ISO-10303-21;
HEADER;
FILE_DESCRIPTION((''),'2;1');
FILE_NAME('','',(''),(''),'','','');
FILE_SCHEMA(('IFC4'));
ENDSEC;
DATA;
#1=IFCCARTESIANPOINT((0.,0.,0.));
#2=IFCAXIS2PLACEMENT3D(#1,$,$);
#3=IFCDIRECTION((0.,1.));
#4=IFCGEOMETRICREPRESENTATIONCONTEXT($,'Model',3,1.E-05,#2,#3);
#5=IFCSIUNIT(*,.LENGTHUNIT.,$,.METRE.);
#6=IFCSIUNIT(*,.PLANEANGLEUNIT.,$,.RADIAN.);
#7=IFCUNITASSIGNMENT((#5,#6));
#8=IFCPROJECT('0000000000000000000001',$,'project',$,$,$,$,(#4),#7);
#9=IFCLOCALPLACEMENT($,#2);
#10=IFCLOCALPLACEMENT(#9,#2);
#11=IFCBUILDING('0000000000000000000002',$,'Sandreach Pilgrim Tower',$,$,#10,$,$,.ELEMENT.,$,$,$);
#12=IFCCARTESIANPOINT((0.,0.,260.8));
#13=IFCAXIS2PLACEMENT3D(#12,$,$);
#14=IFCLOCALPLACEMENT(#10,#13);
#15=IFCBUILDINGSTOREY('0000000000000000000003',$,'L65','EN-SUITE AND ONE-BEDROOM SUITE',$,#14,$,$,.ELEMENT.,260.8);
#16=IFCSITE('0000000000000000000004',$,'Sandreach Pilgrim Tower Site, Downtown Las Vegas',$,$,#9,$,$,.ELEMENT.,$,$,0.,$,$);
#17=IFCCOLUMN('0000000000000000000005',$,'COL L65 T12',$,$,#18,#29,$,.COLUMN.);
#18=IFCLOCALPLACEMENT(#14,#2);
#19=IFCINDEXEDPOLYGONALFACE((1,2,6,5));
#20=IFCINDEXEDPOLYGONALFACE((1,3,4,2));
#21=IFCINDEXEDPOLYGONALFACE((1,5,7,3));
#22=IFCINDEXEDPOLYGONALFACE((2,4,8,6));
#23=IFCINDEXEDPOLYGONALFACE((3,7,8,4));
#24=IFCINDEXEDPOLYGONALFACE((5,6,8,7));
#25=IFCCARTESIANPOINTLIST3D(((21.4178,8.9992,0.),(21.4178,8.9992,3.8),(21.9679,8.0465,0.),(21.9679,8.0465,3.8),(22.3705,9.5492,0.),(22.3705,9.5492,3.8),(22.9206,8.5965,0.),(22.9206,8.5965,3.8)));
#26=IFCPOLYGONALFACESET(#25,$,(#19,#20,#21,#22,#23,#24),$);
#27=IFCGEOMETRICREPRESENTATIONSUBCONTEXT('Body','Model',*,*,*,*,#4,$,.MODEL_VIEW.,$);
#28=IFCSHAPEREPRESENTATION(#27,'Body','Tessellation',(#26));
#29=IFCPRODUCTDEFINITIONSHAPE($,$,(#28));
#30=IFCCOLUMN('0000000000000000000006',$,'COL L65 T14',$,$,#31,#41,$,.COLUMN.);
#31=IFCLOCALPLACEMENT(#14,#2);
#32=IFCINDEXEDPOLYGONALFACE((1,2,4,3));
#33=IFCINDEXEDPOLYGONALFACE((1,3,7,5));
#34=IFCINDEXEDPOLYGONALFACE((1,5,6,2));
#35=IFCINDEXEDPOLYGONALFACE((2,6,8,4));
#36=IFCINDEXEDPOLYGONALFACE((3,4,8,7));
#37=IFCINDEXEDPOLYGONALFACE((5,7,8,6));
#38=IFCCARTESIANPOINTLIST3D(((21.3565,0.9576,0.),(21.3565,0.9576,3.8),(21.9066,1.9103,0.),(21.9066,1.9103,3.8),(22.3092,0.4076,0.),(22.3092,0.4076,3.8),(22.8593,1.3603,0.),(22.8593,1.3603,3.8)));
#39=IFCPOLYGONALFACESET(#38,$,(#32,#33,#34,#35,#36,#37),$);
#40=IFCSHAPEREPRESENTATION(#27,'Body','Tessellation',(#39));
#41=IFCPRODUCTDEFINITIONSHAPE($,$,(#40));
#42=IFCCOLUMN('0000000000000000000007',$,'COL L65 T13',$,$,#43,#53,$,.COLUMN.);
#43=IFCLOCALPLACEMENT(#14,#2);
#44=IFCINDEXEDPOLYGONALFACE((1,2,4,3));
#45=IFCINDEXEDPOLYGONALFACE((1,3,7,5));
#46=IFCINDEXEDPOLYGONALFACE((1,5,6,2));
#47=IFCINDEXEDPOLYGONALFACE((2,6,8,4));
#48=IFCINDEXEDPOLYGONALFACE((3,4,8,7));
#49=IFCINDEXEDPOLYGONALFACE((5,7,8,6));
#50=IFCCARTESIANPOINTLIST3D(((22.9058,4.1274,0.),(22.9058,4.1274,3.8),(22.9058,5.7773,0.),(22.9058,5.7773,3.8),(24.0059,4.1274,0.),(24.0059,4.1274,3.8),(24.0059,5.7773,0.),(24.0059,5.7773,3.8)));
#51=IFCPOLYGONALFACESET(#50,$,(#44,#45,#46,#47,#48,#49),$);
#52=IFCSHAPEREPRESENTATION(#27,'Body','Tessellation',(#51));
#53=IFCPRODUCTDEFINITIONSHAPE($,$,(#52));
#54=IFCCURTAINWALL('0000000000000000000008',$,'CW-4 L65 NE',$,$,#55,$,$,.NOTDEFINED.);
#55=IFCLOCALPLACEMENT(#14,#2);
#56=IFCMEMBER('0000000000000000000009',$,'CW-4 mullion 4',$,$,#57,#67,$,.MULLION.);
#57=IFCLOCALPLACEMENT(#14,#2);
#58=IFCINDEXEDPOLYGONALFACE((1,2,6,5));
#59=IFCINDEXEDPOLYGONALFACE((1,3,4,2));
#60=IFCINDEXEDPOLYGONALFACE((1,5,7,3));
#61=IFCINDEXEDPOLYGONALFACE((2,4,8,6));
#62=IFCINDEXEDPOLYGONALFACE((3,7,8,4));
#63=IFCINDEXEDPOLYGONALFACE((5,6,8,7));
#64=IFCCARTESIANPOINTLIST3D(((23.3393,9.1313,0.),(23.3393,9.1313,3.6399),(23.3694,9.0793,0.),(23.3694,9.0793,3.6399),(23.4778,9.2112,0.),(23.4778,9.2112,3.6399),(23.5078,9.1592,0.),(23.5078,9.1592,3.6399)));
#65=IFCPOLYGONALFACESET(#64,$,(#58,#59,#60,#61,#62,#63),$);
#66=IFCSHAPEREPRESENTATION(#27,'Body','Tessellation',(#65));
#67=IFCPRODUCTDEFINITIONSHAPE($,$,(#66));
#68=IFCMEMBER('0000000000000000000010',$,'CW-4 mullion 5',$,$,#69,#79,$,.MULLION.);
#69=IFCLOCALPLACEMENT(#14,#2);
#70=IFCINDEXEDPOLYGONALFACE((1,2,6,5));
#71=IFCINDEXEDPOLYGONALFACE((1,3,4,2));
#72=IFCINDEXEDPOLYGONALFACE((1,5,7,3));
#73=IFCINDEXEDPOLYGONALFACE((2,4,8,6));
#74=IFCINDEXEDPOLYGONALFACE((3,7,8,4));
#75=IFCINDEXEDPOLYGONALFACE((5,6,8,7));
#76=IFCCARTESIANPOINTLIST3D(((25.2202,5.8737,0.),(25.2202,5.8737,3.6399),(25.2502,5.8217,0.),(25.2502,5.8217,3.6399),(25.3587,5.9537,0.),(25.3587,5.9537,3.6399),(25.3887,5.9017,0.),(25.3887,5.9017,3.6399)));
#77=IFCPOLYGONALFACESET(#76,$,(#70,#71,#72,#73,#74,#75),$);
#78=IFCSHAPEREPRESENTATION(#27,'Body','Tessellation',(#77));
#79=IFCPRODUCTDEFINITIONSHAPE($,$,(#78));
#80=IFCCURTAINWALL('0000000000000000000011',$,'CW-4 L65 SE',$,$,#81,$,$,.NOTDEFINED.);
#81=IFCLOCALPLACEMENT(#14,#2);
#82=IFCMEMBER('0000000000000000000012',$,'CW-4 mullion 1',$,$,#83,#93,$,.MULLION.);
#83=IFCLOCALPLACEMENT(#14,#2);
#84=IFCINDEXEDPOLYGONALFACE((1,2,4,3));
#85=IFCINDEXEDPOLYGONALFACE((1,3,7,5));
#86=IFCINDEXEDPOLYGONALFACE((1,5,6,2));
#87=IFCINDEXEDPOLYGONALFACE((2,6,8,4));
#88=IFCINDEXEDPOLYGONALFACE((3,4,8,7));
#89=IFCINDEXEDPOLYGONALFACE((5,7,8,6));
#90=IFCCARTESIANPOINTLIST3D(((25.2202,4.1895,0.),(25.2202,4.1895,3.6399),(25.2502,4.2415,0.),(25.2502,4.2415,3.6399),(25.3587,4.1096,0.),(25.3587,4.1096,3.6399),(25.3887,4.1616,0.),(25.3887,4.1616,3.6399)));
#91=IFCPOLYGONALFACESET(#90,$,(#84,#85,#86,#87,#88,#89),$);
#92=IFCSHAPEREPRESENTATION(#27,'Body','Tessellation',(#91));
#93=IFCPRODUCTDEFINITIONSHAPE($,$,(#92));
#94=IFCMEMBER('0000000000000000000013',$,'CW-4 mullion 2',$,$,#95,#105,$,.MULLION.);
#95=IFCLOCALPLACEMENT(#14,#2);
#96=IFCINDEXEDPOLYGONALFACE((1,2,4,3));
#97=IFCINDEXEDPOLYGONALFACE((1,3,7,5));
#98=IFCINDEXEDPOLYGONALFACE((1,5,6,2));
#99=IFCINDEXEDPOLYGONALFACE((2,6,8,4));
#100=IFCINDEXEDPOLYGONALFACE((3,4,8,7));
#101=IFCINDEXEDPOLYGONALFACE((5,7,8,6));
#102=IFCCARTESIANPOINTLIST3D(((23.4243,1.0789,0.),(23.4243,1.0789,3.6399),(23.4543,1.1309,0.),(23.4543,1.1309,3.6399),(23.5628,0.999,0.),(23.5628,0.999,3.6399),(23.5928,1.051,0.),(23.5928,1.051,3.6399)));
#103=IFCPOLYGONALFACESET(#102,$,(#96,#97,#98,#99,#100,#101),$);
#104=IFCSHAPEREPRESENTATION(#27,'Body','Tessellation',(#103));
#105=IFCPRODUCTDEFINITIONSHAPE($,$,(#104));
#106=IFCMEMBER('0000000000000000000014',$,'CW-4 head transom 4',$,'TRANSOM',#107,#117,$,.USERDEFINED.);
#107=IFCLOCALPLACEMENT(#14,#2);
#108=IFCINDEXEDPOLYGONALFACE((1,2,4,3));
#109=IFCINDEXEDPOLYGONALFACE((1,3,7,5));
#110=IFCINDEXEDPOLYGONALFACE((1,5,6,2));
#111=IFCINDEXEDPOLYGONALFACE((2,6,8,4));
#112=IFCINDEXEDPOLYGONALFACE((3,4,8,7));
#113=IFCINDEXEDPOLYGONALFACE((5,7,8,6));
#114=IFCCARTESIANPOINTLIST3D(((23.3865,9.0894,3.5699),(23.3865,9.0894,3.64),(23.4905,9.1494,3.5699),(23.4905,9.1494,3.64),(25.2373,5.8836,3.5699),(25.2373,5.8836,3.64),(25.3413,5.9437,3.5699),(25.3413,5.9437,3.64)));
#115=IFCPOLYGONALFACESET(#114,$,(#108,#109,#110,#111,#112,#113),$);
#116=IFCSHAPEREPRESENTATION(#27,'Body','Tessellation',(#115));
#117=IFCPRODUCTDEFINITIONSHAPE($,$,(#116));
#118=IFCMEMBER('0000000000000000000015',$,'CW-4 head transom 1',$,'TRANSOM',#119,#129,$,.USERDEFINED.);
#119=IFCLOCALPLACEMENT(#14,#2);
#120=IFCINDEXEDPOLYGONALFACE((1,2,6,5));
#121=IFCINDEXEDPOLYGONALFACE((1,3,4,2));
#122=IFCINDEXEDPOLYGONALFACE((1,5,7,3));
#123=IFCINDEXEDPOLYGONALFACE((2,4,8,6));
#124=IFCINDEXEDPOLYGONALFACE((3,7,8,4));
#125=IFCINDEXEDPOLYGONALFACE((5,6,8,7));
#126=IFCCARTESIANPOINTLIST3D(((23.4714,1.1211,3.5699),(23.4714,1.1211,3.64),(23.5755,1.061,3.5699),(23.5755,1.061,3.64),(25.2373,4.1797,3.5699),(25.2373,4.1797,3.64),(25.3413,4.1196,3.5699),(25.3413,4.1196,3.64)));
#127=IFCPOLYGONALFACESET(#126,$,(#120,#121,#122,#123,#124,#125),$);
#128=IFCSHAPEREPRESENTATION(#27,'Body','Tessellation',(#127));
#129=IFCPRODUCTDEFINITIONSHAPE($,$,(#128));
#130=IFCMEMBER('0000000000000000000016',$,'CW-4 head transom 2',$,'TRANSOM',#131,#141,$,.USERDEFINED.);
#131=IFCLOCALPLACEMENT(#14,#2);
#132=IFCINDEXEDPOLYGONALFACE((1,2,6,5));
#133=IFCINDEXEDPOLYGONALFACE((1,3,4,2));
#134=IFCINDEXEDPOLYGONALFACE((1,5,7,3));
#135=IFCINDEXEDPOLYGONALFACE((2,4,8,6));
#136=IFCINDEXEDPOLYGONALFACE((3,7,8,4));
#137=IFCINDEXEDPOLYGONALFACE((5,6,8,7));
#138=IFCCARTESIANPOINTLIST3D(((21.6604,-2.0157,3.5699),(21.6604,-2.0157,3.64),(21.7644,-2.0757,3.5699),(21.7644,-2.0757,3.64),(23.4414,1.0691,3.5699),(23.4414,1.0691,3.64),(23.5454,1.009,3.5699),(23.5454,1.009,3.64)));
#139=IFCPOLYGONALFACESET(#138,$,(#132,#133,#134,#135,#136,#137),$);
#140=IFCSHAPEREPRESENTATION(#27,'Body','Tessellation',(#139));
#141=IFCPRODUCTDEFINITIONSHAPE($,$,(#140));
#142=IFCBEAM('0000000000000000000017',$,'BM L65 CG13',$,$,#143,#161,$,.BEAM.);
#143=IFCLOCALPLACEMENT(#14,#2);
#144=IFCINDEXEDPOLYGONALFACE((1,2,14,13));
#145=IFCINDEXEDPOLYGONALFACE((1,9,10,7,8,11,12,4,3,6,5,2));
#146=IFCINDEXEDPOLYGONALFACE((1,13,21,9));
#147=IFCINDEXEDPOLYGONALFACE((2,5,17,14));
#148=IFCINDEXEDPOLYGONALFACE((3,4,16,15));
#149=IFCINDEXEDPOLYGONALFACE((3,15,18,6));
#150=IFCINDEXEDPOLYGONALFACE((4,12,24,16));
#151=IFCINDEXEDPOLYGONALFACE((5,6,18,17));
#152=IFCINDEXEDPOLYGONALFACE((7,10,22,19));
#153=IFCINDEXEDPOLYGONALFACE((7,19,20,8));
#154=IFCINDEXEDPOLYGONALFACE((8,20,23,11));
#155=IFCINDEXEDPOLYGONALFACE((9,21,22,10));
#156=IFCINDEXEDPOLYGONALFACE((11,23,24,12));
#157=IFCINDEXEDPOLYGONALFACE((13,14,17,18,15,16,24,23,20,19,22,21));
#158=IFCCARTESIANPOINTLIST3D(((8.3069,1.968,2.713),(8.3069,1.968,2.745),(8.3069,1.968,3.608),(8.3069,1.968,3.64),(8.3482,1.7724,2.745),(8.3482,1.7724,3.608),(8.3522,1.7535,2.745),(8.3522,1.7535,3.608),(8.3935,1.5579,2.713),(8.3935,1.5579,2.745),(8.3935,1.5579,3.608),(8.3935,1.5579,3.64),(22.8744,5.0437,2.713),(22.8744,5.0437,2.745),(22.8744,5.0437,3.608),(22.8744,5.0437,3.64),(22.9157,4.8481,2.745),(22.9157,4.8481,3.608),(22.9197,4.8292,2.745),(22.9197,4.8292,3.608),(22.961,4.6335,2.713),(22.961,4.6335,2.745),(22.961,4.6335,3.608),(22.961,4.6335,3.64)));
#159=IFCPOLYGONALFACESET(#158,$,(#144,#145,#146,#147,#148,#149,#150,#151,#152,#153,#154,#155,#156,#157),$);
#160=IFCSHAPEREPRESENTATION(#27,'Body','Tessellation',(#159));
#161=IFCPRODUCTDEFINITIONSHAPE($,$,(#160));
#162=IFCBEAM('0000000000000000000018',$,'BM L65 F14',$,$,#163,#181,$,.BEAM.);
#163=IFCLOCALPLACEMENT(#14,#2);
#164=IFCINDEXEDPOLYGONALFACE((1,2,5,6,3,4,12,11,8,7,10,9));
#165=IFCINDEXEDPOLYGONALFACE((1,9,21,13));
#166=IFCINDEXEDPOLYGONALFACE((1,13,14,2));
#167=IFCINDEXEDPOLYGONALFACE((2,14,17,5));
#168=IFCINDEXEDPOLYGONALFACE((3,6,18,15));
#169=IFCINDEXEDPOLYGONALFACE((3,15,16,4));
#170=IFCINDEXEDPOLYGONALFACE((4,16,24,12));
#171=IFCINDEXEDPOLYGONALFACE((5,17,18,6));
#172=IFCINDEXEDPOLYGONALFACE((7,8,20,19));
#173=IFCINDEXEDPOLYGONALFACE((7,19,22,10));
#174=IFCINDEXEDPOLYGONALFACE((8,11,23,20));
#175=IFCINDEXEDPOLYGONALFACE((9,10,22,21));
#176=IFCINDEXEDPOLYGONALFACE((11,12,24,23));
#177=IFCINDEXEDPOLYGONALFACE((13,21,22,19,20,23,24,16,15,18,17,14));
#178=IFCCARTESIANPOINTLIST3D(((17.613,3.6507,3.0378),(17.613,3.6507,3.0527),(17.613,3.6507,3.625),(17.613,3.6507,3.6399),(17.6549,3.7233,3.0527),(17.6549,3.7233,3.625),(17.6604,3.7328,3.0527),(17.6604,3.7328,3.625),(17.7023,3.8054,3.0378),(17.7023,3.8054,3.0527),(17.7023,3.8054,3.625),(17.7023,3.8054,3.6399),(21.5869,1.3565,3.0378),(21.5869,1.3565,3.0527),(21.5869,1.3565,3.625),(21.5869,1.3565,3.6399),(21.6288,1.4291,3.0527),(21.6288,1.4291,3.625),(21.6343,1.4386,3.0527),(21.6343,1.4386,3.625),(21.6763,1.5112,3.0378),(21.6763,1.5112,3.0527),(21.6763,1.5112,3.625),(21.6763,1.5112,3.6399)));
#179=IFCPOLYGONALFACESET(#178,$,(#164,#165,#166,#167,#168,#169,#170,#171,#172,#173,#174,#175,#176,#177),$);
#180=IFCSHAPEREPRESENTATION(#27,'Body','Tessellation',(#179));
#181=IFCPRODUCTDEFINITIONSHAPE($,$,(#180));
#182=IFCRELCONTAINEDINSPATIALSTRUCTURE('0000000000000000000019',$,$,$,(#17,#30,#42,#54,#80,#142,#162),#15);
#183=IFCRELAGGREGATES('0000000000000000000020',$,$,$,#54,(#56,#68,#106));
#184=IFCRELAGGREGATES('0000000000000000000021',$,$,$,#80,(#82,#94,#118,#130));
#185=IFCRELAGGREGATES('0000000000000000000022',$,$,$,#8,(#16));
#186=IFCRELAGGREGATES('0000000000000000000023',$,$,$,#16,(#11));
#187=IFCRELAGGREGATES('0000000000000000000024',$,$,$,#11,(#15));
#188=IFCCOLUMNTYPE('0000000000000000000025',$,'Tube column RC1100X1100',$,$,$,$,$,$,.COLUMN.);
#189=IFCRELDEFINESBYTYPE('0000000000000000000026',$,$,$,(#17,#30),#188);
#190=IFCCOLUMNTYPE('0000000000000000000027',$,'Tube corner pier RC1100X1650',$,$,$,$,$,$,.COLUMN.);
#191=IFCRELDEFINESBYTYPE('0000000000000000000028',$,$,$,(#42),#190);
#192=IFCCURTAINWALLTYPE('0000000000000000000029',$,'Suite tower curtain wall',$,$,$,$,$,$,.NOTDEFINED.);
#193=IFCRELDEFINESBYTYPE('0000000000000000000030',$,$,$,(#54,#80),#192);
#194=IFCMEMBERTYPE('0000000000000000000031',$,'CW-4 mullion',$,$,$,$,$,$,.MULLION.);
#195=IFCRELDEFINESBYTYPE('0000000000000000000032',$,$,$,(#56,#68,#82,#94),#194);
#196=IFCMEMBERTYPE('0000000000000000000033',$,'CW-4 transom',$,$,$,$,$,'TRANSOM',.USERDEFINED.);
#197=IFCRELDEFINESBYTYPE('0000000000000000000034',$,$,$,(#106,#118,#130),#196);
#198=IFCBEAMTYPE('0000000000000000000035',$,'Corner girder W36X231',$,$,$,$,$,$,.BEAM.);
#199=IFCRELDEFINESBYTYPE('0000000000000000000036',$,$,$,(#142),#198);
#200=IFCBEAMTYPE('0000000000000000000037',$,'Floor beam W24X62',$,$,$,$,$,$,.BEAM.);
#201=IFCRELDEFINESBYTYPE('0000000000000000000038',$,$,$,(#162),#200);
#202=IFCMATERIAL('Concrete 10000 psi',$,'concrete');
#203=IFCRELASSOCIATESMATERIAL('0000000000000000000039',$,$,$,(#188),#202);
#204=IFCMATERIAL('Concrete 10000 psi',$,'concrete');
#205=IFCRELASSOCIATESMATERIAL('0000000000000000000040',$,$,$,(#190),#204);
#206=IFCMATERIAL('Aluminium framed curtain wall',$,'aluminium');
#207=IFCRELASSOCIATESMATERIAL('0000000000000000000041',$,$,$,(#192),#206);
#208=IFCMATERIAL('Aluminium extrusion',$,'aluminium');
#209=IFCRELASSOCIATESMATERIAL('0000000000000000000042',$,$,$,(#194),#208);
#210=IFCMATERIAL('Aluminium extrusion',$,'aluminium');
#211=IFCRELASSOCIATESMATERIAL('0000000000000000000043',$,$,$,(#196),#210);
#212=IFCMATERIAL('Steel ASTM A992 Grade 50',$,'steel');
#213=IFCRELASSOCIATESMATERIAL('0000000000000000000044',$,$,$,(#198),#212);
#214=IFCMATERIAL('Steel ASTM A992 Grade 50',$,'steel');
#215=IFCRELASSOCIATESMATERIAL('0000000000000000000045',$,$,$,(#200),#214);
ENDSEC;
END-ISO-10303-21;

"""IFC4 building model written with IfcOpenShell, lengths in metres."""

from ifc_helpers import new_model, si_unit, direction, frame, origin, origin_2d, place, context, subcontext, project, spatial, rectangle, i_section, extrude, material, material_profile, profile_set, type_object, element, aggregate, save


model = new_model("IFC4")

# Units and contexts
model_context = context("Model", 3, precision=1e-05, world=origin(), true_north=direction((0.0, 1.0)))
body_context = subcontext(model_context, "Body", "Model", "MODEL_VIEW")
ifc_project = project(units=[si_unit("LENGTHUNIT", "METRE"), si_unit("PLANEANGLEUNIT", "RADIAN")], contexts=[model_context])

# Site, building, storey
site_placement = place(None, origin())
site = spatial("IfcSite", under=ifc_project, at=site_placement, Name="Sandreach Pilgrim Tower Site, Downtown Las Vegas", CompositionType="ELEMENT", RefElevation=0.0)
building_placement = place(site_placement, origin())
building = spatial("IfcBuilding", under=site, at=building_placement, Name="Sandreach Pilgrim Tower", CompositionType="ELEMENT")
storey_placement = place(building_placement, frame((0.0, 0.0, 260.8)))
storey = spatial("IfcBuildingStorey", under=building, at=storey_placement, Name="L65", Description="EN-SUITE AND ONE-BEDROOM SUITE", CompositionType="ELEMENT", Elevation=260.8)

# Columns
ifc_material_1 = material(Name="Concrete 10000 psi", Category="concrete")
ifc_material_profile_1 = material_profile(ifc_material_1, rectangle(XDim=1.1001, YDim=1.1001, at=origin_2d()), Name="RC1100X1100")
ifc_profile_set_1 = profile_set([ifc_material_profile_1], Name="Concrete 10000 psi")
column_type_1 = type_object("IfcColumnType", Name="Tube column RC1100X1100", PredefinedType="COLUMN", material=ifc_profile_set_1)
for number, where, z_axis, x_axis, name in (
    (1, (22.1692, 8.7979, 0.0), (0.0, 0.0, 1.0), (0.866025, 0.5, 0.0), "COL L65 T12"),
    (2, (22.1079, 1.1589, 0.0), (0.0, 0.0, 1.0), (0.866025, -0.5, 0.0), "COL L65 T14"),
):
    element("IfcColumn", number, at=place(storey_placement, frame(where, z_axis=z_axis, x_axis=x_axis)), inside=storey, type_object=column_type_1, Name=name, PredefinedType="COLUMN", context=body_context, shape_type="SweptSolid", body=[
        extrude(rectangle(XDim=1.1001, YDim=1.1001, at=origin_2d()), origin(), (0.0, 0.0, 1.0), 3.8),
    ])
ifc_material_2 = material(Name="Concrete 10000 psi", Category="concrete")
ifc_material_profile_2 = material_profile(ifc_material_2, rectangle(XDim=1.1001, YDim=1.6499, at=origin_2d()), Name="RC1100X1650")
ifc_profile_set_2 = profile_set([ifc_material_profile_2], Name="Concrete 10000 psi")
column_type_2 = type_object("IfcColumnType", Name="Tube corner pier RC1100X1650", PredefinedType="COLUMN", material=ifc_profile_set_2)
column_placement = place(storey_placement, frame((23.4558, 4.9524, 0.0), z_axis=(0.0, 0.0, 1.0), x_axis=(1.0, 0.0, 0.0)))
element("IfcColumn", 3, at=column_placement, inside=storey, type_object=column_type_2, Name="COL L65 T13", PredefinedType="COLUMN", context=body_context, shape_type="SweptSolid", body=[
    extrude(rectangle(XDim=1.1001, YDim=1.6499, at=origin_2d()), origin(), (0.0, 0.0, 1.0), 3.8),
])

# Curtain walls, members
ifc_material_3 = material(Name="Aluminium framed curtain wall", Category="aluminium")
curtain_wall_type = type_object("IfcCurtainWallType", Name="Suite tower curtain wall", PredefinedType="NOTDEFINED", material=ifc_material_3)
curtain_wall_1_placement = place(storey_placement, origin())
curtain_wall_1 = element("IfcCurtainWall", 4, at=curtain_wall_1_placement, inside=storey, type_object=curtain_wall_type, Name="CW-4 L65 NE", PredefinedType="NOTDEFINED")
ifc_material_4 = material(Name="Aluminium extrusion", Category="aluminium")
ifc_material_profile_3 = material_profile(ifc_material_4, rectangle(XDim=0.0601, YDim=0.1599, at=origin_2d()), Name="CW-4M 60X160")
ifc_profile_set_3 = profile_set([ifc_material_profile_3], Name="Aluminium extrusion")
member_type_1 = type_object("IfcMemberType", Name="CW-4 mullion", PredefinedType="MULLION", material=ifc_profile_set_3)
member_1_placement = place(storey_placement, frame((23.4236, 9.1453, 0.0), z_axis=(0.0, 0.0, 1.0), x_axis=(0.5, -0.866025, 0.0)))
member_1 = element("IfcMember", 5, at=member_1_placement, type_object=member_type_1, Name="CW-4 mullion 4", PredefinedType="MULLION", context=body_context, shape_type="SweptSolid", body=[
    extrude(rectangle(XDim=0.0601, YDim=0.1599, at=origin_2d()), origin(), (0.0, 0.0, 1.0), 3.6399),
])
member_2_placement = place(storey_placement, frame((25.3044, 5.8877, 0.0), z_axis=(0.0, 0.0, 1.0), x_axis=(0.5, -0.866025, 0.0)))
member_2 = element("IfcMember", 6, at=member_2_placement, type_object=member_type_1, Name="CW-4 mullion 5", PredefinedType="MULLION", context=body_context, shape_type="SweptSolid", body=[
    extrude(rectangle(XDim=0.0601, YDim=0.1599, at=origin_2d()), origin(), (0.0, 0.0, 1.0), 3.6399),
])
curtain_wall_2_placement = place(storey_placement, origin())
curtain_wall_2 = element("IfcCurtainWall", 7, at=curtain_wall_2_placement, inside=storey, type_object=curtain_wall_type, Name="CW-4 L65 SE", PredefinedType="NOTDEFINED")
member_3_placement = place(storey_placement, frame((25.3044, 4.1755, 0.0), z_axis=(0.0, 0.0, 1.0), x_axis=(-0.5, -0.866025, 0.0)))
member_3 = element("IfcMember", 8, at=member_3_placement, type_object=member_type_1, Name="CW-4 mullion 1", PredefinedType="MULLION", context=body_context, shape_type="SweptSolid", body=[
    extrude(rectangle(XDim=0.0601, YDim=0.1599, at=origin_2d()), origin(), (0.0, 0.0, 1.0), 3.6399),
])
member_4_placement = place(storey_placement, frame((23.5085, 1.0649, 0.0), z_axis=(0.0, 0.0, 1.0), x_axis=(-0.5, -0.866025, 0.0)))
member_4 = element("IfcMember", 9, at=member_4_placement, type_object=member_type_1, Name="CW-4 mullion 2", PredefinedType="MULLION", context=body_context, shape_type="SweptSolid", body=[
    extrude(rectangle(XDim=0.0601, YDim=0.1599, at=origin_2d()), origin(), (0.0, 0.0, 1.0), 3.6399),
])

# Members
ifc_material_5 = material(Name="Aluminium extrusion", Category="aluminium")
ifc_material_profile_4 = material_profile(ifc_material_5, rectangle(XDim=0.1201, YDim=0.0701, at=origin_2d()), Name="CW-4T 120X70")
ifc_profile_set_4 = profile_set([ifc_material_profile_4], Name="Aluminium extrusion")
member_type_2 = type_object("IfcMemberType", Name="CW-4 transom", ElementType="TRANSOM", PredefinedType="USERDEFINED", material=ifc_profile_set_4)
member_5_placement = place(storey_placement, frame((23.4385, 9.1194, 3.605), z_axis=(0.499991, -0.866031, 0.0), x_axis=(0.866031, 0.499991, 0.0)))
member_5 = element("IfcMember", 10, at=member_5_placement, type_object=member_type_2, Name="CW-4 head transom 4", ObjectType="TRANSOM", PredefinedType="USERDEFINED", context=body_context, shape_type="SweptSolid", body=[
    extrude(rectangle(XDim=0.1201, YDim=0.0701, at=origin_2d()), origin(), (0.0, 0.0, 1.0), 3.7017),
])
member_6_placement = place(storey_placement, frame((25.2893, 4.1497, 3.605), z_axis=(-0.499998, -0.866027, 0.0), x_axis=(0.866027, -0.499998, 0.0)))
member_6 = element("IfcMember", 11, at=member_6_placement, type_object=member_type_2, Name="CW-4 head transom 1", ObjectType="TRANSOM", PredefinedType="USERDEFINED", context=body_context, shape_type="SweptSolid", body=[
    extrude(rectangle(XDim=0.1201, YDim=0.0701, at=origin_2d()), origin(), (0.0, 0.0, 1.0), 3.5317),
])
member_7_placement = place(storey_placement, frame((23.4934, 1.0391, 3.605), z_axis=(-0.500009, -0.86602, 0.0), x_axis=(0.86602, -0.500009, 0.0)))
member_7 = element("IfcMember", 12, at=member_7_placement, type_object=member_type_2, Name="CW-4 head transom 2", ObjectType="TRANSOM", PredefinedType="USERDEFINED", context=body_context, shape_type="SweptSolid", body=[
    extrude(rectangle(XDim=0.1201, YDim=0.0701, at=origin_2d()), origin(), (0.0, 0.0, 1.0), 3.562),
])

# Beams
ifc_material_6 = material(Name="Steel ASTM A992 Grade 50", Category="steel")
ifc_material_profile_5 = material_profile(ifc_material_6, i_section(OverallWidth=0.4192, OverallDepth=0.927, WebThickness=0.0193, FlangeThickness=0.032, at=origin_2d()), Name="W36X231")
ifc_profile_set_5 = profile_set([ifc_material_profile_5], Name="Steel ASTM A992 Grade 50")
beam_type_1 = type_object("IfcBeamType", Name="Corner girder W36X231", PredefinedType="BEAM", material=ifc_profile_set_5)
beam_1_placement = place(storey_placement, frame((22.9177, 4.8386, 3.1765), z_axis=(-0.97843, -0.206577, 0.0), x_axis=(0.206577, -0.97843, 0.0)))
element("IfcBeam", 13, at=beam_1_placement, inside=storey, type_object=beam_type_1, Name="BM L65 CG13", PredefinedType="BEAM", context=body_context, shape_type="SweptSolid", body=[
    extrude(i_section(OverallWidth=0.4192, OverallDepth=0.927, WebThickness=0.0193, FlangeThickness=0.032, at=origin_2d()), origin(), (0.0, 0.0, 1.0), 14.8887),
])
ifc_material_7 = material(Name="Steel ASTM A992 Grade 50", Category="steel")
ifc_material_profile_6 = material_profile(ifc_material_7, i_section(OverallWidth=0.1787, OverallDepth=0.6021, WebThickness=0.011, FlangeThickness=0.0149, at=origin_2d()), Name="W24X62")
ifc_profile_set_6 = profile_set([ifc_material_profile_6], Name="Steel ASTM A992 Grade 50")
beam_type_2 = type_object("IfcBeamType", Name="Floor beam W24X62", PredefinedType="BEAM", material=ifc_profile_set_6)
beam_2_placement = place(storey_placement, frame((21.6316, 1.4338, 3.3389), z_axis=(-0.866038, 0.499979, 0.0), x_axis=(-0.499979, -0.866038, 0.0)))
element("IfcBeam", 14, at=beam_2_placement, inside=storey, type_object=beam_type_2, Name="BM L65 F14", PredefinedType="BEAM", context=body_context, shape_type="SweptSolid", body=[
    extrude(i_section(OverallWidth=0.1787, OverallDepth=0.6021, WebThickness=0.011, FlangeThickness=0.0149, at=origin_2d()), origin(), (0.0, 0.0, 1.0), 4.5886),
])

aggregate(curtain_wall_1, [member_1, member_2, member_5])
aggregate(curtain_wall_2, [member_3, member_4, member_6, member_7])

save(model, "model.ifc")
